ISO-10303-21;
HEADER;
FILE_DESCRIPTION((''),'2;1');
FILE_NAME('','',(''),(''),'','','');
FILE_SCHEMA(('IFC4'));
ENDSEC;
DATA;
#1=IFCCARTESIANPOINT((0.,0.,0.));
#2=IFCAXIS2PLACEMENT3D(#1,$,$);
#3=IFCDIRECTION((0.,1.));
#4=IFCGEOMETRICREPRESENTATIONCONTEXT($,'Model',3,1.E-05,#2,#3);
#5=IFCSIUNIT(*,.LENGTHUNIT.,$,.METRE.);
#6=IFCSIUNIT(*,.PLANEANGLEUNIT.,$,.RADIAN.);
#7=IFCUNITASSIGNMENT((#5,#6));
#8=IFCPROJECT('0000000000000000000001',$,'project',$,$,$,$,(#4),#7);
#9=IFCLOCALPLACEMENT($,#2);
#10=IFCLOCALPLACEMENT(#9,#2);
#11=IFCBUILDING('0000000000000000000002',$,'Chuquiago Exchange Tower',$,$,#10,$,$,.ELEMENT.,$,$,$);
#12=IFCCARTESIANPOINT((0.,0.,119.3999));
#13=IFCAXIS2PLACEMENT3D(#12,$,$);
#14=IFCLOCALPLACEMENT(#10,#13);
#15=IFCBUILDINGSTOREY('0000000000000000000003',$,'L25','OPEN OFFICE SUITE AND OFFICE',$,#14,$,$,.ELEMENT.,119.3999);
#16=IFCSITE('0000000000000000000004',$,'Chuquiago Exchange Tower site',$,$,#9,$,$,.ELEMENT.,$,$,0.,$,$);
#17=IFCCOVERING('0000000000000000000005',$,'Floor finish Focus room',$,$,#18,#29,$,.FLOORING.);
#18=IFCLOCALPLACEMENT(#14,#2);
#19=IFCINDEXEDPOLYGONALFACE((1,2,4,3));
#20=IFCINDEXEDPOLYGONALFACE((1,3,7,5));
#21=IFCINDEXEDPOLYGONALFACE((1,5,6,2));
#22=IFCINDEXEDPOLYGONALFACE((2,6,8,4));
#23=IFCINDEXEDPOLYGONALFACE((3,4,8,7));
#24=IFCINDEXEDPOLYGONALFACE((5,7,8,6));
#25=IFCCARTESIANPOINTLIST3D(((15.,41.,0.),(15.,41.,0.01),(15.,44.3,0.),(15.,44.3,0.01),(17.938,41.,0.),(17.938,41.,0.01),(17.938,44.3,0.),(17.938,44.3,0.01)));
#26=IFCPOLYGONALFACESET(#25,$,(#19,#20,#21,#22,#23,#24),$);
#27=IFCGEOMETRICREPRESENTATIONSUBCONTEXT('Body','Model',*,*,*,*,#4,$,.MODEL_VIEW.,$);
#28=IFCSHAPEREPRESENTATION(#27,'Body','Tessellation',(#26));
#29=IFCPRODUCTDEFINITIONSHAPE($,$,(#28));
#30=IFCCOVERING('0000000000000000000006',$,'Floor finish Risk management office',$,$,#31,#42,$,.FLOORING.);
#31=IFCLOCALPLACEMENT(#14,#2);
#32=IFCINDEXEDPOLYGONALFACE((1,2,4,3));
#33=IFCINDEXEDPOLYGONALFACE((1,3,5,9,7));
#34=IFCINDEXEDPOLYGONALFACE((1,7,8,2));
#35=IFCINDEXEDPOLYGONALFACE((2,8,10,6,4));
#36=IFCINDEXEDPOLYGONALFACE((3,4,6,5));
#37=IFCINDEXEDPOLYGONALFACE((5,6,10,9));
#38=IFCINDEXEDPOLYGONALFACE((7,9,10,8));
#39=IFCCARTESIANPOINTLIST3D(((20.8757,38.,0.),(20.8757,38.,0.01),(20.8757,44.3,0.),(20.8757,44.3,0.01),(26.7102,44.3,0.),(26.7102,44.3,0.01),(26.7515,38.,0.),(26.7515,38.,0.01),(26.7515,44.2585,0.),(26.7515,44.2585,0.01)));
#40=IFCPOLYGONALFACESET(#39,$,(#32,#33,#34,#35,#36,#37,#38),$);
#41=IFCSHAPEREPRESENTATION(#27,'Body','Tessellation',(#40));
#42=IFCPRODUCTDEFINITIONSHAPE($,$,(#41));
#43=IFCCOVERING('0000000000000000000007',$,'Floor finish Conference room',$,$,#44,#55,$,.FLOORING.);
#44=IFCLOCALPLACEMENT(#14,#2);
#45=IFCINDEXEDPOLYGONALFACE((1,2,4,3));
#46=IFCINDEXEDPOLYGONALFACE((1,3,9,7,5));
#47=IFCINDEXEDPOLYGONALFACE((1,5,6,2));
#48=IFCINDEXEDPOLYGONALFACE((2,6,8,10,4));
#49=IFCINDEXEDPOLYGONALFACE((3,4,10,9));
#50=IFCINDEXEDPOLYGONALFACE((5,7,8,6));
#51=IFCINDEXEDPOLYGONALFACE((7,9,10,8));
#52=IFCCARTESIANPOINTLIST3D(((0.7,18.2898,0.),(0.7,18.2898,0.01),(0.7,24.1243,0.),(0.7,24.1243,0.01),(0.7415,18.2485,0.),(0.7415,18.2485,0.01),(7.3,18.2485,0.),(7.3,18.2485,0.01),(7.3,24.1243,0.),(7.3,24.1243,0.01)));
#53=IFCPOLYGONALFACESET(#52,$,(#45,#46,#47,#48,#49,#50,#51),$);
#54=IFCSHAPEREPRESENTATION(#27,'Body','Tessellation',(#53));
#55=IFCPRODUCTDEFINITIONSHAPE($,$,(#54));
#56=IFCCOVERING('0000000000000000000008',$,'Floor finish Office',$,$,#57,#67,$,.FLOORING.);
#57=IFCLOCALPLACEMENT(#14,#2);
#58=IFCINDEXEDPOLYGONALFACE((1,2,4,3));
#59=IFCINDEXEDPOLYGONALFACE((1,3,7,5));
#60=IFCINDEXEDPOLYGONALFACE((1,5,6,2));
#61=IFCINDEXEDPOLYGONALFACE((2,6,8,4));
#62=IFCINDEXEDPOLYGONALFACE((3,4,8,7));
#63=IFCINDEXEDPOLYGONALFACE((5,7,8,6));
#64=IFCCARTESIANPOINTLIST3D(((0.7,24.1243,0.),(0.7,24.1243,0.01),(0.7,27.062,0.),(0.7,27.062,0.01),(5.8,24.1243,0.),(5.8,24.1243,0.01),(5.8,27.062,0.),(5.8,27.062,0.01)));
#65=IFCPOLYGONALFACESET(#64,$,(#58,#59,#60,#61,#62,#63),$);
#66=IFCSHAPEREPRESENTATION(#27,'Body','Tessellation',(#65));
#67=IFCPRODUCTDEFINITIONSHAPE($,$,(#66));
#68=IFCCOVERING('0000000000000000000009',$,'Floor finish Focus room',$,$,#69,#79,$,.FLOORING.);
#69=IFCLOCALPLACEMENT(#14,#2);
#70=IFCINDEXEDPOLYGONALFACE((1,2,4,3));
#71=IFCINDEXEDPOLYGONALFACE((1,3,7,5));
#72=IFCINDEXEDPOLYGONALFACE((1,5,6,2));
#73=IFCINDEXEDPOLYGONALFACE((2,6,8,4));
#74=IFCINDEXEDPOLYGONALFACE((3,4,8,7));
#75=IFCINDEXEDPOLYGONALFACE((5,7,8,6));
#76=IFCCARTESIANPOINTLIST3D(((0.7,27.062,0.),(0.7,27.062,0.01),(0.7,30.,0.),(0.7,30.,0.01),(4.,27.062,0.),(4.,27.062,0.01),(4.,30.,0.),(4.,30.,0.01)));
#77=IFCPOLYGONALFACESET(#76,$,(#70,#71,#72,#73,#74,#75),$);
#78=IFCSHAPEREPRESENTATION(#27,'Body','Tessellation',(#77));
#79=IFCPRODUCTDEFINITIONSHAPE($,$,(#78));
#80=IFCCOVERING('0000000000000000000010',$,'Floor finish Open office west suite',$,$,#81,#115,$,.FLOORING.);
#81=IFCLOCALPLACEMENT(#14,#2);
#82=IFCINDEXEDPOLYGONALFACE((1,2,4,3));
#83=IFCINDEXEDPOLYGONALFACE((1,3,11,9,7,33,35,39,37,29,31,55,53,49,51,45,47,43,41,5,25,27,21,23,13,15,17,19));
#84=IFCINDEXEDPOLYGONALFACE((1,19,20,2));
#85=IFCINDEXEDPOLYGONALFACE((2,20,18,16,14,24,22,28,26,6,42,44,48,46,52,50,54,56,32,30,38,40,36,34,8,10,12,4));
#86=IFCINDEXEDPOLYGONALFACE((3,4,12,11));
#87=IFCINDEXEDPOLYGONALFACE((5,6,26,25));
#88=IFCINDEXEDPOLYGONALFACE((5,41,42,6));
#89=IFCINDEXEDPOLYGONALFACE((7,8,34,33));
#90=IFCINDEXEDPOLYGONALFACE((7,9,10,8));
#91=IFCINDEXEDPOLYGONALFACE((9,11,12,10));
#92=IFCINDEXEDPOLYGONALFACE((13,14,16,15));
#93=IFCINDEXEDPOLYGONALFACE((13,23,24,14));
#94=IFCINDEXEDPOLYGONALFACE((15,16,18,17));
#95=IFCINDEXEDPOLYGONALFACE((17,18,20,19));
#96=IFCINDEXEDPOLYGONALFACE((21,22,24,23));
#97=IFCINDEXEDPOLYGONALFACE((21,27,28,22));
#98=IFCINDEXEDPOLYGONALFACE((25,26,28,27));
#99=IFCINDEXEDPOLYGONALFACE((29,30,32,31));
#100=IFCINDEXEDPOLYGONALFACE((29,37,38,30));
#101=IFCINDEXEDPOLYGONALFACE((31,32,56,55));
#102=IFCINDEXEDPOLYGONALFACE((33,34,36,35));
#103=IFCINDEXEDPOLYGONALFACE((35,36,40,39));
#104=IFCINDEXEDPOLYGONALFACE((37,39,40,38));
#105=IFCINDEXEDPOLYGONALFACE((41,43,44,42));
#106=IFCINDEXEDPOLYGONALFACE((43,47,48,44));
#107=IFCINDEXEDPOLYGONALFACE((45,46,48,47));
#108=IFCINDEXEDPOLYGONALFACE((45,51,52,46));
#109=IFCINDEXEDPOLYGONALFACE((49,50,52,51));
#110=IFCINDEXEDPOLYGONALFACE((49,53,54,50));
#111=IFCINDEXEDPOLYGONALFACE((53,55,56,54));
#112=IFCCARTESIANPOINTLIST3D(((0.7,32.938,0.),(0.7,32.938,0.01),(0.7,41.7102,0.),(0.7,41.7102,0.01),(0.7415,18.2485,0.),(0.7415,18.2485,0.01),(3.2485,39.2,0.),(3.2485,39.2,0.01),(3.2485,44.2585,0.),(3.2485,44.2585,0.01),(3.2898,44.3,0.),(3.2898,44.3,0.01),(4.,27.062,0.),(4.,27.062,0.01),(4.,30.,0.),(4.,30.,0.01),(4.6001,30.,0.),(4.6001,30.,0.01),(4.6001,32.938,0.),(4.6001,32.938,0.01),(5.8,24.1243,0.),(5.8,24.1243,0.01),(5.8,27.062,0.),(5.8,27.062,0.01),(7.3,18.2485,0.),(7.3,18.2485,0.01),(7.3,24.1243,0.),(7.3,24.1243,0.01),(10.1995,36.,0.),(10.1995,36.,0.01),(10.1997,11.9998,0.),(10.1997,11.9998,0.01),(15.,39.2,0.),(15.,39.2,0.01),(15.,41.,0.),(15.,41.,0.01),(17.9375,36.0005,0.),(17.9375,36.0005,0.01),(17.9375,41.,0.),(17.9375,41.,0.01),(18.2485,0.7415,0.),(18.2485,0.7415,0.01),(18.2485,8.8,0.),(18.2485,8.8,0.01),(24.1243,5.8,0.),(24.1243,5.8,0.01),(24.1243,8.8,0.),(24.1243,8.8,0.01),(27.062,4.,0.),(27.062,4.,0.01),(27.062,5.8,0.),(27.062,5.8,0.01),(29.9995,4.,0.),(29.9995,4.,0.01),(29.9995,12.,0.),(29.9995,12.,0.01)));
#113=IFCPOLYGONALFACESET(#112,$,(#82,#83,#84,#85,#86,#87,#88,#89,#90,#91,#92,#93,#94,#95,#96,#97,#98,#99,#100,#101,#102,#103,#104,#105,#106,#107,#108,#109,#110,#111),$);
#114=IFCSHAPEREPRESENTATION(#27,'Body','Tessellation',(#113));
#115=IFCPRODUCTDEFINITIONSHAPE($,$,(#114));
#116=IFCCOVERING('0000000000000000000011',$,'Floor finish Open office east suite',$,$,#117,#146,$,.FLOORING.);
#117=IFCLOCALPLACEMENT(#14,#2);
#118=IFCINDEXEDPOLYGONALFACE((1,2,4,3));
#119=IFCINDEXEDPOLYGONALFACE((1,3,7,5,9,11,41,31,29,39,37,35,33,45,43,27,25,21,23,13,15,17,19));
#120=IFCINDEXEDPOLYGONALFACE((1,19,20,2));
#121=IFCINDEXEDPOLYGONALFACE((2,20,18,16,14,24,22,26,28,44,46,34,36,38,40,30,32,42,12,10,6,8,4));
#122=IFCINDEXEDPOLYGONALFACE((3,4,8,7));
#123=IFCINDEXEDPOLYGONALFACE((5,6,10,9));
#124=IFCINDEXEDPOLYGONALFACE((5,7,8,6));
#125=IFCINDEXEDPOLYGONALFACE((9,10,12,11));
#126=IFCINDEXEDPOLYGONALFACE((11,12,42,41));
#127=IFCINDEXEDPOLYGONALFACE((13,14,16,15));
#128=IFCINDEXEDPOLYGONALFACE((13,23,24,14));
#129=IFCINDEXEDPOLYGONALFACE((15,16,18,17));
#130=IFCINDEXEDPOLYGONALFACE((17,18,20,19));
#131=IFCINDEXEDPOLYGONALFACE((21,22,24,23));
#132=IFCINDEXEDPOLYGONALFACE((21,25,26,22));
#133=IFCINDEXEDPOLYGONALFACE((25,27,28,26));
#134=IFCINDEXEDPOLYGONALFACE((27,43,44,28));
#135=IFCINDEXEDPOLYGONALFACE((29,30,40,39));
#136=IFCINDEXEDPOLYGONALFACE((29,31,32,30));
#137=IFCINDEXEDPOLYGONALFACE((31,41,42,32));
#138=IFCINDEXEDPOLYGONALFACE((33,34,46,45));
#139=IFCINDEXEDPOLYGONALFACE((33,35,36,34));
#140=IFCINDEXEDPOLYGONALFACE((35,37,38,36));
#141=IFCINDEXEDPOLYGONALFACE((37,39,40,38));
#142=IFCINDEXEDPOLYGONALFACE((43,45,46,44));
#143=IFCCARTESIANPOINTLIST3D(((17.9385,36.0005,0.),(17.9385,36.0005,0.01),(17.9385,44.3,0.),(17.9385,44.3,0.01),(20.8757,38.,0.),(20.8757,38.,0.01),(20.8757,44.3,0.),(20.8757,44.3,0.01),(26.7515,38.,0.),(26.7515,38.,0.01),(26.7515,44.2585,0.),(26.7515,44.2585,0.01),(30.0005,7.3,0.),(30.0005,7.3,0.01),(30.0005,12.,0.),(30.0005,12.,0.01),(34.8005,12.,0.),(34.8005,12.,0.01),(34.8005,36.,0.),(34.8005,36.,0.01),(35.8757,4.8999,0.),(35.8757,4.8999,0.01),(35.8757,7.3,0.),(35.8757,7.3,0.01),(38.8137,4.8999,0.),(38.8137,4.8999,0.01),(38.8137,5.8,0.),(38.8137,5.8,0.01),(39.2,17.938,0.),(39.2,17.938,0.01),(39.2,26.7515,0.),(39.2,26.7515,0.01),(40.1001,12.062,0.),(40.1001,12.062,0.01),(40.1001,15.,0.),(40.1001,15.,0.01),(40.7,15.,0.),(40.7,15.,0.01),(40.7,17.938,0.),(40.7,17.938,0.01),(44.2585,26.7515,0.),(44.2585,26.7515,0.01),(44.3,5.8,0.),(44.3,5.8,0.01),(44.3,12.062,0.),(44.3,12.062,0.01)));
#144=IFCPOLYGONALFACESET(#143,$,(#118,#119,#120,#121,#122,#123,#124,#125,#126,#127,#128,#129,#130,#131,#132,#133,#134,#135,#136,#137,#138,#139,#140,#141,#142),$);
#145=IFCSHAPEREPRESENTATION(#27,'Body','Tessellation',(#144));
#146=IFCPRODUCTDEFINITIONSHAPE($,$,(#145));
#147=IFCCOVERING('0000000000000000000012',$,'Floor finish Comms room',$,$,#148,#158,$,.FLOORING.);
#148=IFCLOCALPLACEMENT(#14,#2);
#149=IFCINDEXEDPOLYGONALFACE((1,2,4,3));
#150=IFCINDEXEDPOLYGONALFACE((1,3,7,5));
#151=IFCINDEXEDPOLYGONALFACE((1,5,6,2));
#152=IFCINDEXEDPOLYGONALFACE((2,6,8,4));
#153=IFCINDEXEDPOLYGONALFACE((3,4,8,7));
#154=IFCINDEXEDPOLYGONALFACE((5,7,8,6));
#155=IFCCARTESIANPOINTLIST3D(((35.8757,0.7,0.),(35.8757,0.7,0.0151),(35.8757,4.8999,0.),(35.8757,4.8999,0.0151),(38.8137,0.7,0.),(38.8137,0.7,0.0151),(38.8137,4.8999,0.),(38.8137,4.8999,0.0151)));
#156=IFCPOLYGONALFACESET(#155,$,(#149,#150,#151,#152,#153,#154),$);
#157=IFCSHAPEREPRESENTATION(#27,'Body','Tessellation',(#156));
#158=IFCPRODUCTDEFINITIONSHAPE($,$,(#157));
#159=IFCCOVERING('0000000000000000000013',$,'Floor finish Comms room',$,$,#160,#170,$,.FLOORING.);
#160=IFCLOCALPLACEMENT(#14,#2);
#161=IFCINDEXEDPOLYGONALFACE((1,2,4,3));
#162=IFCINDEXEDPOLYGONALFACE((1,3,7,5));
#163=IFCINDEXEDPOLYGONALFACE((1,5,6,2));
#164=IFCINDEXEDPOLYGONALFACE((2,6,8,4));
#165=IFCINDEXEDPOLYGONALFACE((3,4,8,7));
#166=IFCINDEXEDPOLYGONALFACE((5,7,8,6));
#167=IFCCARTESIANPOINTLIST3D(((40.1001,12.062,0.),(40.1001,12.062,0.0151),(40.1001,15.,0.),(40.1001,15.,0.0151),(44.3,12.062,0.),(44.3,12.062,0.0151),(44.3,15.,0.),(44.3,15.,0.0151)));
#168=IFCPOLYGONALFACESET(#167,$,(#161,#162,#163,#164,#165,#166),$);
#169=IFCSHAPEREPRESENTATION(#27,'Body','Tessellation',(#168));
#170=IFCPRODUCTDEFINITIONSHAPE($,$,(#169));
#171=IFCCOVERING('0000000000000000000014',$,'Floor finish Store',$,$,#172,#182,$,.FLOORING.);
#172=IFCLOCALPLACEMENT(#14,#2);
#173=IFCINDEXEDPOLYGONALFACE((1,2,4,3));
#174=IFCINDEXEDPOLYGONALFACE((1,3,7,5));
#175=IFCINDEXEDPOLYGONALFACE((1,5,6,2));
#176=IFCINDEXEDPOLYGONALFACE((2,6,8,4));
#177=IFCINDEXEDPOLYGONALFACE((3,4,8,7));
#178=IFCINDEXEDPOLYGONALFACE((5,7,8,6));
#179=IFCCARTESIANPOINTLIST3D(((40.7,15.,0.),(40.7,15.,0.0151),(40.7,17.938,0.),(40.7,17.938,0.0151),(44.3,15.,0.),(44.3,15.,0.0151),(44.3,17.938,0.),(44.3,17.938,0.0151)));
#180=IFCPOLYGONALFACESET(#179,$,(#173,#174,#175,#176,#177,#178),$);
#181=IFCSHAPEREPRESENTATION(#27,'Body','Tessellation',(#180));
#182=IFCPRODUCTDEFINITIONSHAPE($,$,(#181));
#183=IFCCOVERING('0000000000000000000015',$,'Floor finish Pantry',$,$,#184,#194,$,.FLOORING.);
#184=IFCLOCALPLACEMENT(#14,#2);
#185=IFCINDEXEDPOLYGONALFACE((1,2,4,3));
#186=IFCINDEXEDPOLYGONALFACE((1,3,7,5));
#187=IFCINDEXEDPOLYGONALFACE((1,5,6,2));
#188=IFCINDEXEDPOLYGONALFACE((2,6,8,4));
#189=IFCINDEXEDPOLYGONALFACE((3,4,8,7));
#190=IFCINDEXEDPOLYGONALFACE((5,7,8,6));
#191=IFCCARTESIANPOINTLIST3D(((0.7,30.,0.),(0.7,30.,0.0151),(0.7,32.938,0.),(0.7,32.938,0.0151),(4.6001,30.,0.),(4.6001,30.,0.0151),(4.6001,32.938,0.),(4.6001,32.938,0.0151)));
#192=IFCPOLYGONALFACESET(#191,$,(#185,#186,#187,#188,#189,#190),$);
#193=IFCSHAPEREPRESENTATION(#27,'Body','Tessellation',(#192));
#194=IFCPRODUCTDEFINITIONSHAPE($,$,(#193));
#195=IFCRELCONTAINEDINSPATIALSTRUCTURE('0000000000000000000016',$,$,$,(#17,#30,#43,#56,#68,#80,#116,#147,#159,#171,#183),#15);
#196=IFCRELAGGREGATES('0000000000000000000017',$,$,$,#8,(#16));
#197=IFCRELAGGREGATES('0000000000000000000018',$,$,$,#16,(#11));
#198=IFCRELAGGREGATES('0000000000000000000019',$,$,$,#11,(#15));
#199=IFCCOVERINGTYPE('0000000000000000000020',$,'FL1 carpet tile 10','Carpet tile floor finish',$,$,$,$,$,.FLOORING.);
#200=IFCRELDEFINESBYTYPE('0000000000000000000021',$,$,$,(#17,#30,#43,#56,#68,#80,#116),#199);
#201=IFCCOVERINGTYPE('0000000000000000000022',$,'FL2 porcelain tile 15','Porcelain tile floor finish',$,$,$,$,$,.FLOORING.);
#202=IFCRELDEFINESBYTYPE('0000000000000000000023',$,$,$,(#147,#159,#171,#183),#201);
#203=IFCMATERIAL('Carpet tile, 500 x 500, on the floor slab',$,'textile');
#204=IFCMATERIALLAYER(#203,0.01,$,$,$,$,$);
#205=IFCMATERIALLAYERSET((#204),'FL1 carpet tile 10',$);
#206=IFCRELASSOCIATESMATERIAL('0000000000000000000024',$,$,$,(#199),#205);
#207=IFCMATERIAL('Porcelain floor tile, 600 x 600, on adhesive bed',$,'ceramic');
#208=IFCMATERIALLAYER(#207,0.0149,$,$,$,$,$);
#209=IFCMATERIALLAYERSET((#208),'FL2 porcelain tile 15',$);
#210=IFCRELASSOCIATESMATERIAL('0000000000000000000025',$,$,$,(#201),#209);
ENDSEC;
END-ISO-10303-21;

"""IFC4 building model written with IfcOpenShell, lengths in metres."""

from ifc_helpers import new_model, si_unit, direction, frame, origin, place, context, subcontext, project, spatial, polyline, outline, extrude, material, layer, layer_set, type_object, element, save


model = new_model("IFC4")

# Units and contexts
model_context = context("Model", 3, precision=1e-05, world=origin(), true_north=direction((0.0, 1.0)))
body_context = subcontext(model_context, "Body", "Model", "MODEL_VIEW")
ifc_project = project(units=[si_unit("LENGTHUNIT", "METRE"), si_unit("PLANEANGLEUNIT", "RADIAN")], contexts=[model_context])

# Site, building, storey
site_placement = place(None, origin())
site = spatial("IfcSite", under=ifc_project, at=site_placement, Name="Chuquiago Exchange Tower site", CompositionType="ELEMENT", RefElevation=0.0)
building_placement = place(site_placement, origin())
building = spatial("IfcBuilding", under=site, at=building_placement, Name="Chuquiago Exchange Tower", CompositionType="ELEMENT")
storey_placement = place(building_placement, frame((0.0, 0.0, 119.3999)))
storey = spatial("IfcBuildingStorey", under=building, at=storey_placement, Name="L25", Description="OPEN OFFICE SUITE AND OFFICE", CompositionType="ELEMENT", Elevation=119.3999)

# Coverings
ifc_material_1 = material(Name="Carpet tile, 500 x 500, on the floor slab", Category="textile")
ifc_layer_1 = layer(ifc_material_1, 0.01)
ifc_layer_set_1 = layer_set([ifc_layer_1], Name="FL1 carpet tile 10")
covering_type_1 = type_object("IfcCoveringType", Name="FL1 carpet tile 10", Description="Carpet tile floor finish", PredefinedType="FLOORING", material=ifc_layer_set_1)
covering_1_placement = place(storey_placement, origin())
element("IfcCovering", 1, at=covering_1_placement, inside=storey, type_object=covering_type_1, Name="Floor finish Focus room", PredefinedType="FLOORING", context=body_context, shape_type="SweptSolid", body=[
    extrude(outline(polyline([(17.938, 44.3), (17.938, 41.0), (15.0, 41.0), (15.0, 44.3), (17.938, 44.3)])), origin(), (0.0, 0.0, 1.0), 0.01),
])
covering_2_placement = place(storey_placement, origin())
element("IfcCovering", 2, at=covering_2_placement, inside=storey, type_object=covering_type_1, Name="Floor finish Risk management office", PredefinedType="FLOORING", context=body_context, shape_type="SweptSolid", body=[
    extrude(outline(polyline([(26.7102, 44.3), (26.7515, 44.2585), (26.7515, 38.0), (20.8757, 38.0), (20.8757, 44.3), (26.7102, 44.3)])), origin(), (0.0, 0.0, 1.0), 0.01),
])
covering_3_placement = place(storey_placement, origin())
element("IfcCovering", 3, at=covering_3_placement, inside=storey, type_object=covering_type_1, Name="Floor finish Conference room", PredefinedType="FLOORING", context=body_context, shape_type="SweptSolid", body=[
    extrude(outline(polyline([(0.7, 24.1243), (7.3, 24.1243), (7.3, 18.2485), (0.7415, 18.2485), (0.7, 18.2898), (0.7, 24.1243)])), origin(), (0.0, 0.0, 1.0), 0.01),
])
covering_4_placement = place(storey_placement, origin())
element("IfcCovering", 4, at=covering_4_placement, inside=storey, type_object=covering_type_1, Name="Floor finish Office", PredefinedType="FLOORING", context=body_context, shape_type="SweptSolid", body=[
    extrude(outline(polyline([(0.7, 27.062), (5.8, 27.062), (5.8, 24.1243), (0.7, 24.1243), (0.7, 27.062)])), origin(), (0.0, 0.0, 1.0), 0.01),
])
covering_5_placement = place(storey_placement, origin())
element("IfcCovering", 5, at=covering_5_placement, inside=storey, type_object=covering_type_1, Name="Floor finish Focus room", PredefinedType="FLOORING", context=body_context, shape_type="SweptSolid", body=[
    extrude(outline(polyline([(0.7, 30.0), (4.0, 30.0), (4.0, 27.062), (0.7, 27.062), (0.7, 30.0)])), origin(), (0.0, 0.0, 1.0), 0.01),
])
covering_6_placement = place(storey_placement, origin())
element("IfcCovering", 6, at=covering_6_placement, inside=storey, type_object=covering_type_1, Name="Floor finish Open office west suite", PredefinedType="FLOORING", context=body_context, shape_type="SweptSolid", body=[
    extrude(outline(polyline([(3.2485, 44.2585), (3.2485, 39.2), (15.0, 39.2), (15.0, 41.0), (17.9375, 41.0), (17.9375, 36.0005), (10.1995, 36.0), (10.1997, 11.9998), (29.9995, 12.0), (29.9995, 4.0), (27.062, 4.0), (27.062, 5.8), (24.1243, 5.8), (24.1243, 8.8), (18.2485, 8.8), (18.2485, 0.7415), (0.7415, 18.2485), (7.3, 18.2485), (7.3, 24.1243), (5.8, 24.1243), (5.8, 27.062), (4.0, 27.062), (4.0, 30.0), (4.6001, 30.0), (4.6001, 32.938), (0.7, 32.938), (0.7, 41.7102), (3.2898, 44.3), (3.2485, 44.2585)])), origin(), (0.0, 0.0, 1.0), 0.01),
])
covering_7_placement = place(storey_placement, origin())
element("IfcCovering", 7, at=covering_7_placement, inside=storey, type_object=covering_type_1, Name="Floor finish Open office east suite", PredefinedType="FLOORING", context=body_context, shape_type="SweptSolid", body=[
    extrude(outline(polyline([(20.8757, 44.3), (20.8757, 38.0), (26.7515, 38.0), (26.7515, 44.2585), (44.2585, 26.7515), (39.2, 26.7515), (39.2, 17.938), (40.7, 17.938), (40.7, 15.0), (40.1001, 15.0), (40.1001, 12.062), (44.3, 12.062), (44.3, 5.8), (38.8137, 5.8), (38.8137, 4.8999), (35.8757, 4.8999), (35.8757, 7.3), (30.0005, 7.3), (30.0005, 12.0), (34.8005, 12.0), (34.8005, 36.0), (17.9385, 36.0005), (17.9385, 44.3), (20.8757, 44.3)])), origin(), (0.0, 0.0, 1.0), 0.01),
])
ifc_material_2 = material(Name="Porcelain floor tile, 600 x 600, on adhesive bed", Category="ceramic")
ifc_layer_2 = layer(ifc_material_2, 0.0149)
ifc_layer_set_2 = layer_set([ifc_layer_2], Name="FL2 porcelain tile 15")
covering_type_2 = type_object("IfcCoveringType", Name="FL2 porcelain tile 15", Description="Porcelain tile floor finish", PredefinedType="FLOORING", material=ifc_layer_set_2)
covering_8_placement = place(storey_placement, origin())
element("IfcCovering", 8, at=covering_8_placement, inside=storey, type_object=covering_type_2, Name="Floor finish Comms room", PredefinedType="FLOORING", context=body_context, shape_type="SweptSolid", body=[
    extrude(outline(polyline([(35.8757, 0.7), (35.8757, 4.8999), (38.8137, 4.8999), (38.8137, 0.7), (35.8757, 0.7)])), origin(), (0.0, 0.0, 1.0), 0.0151),
])
covering_9_placement = place(storey_placement, origin())
element("IfcCovering", 9, at=covering_9_placement, inside=storey, type_object=covering_type_2, Name="Floor finish Comms room", PredefinedType="FLOORING", context=body_context, shape_type="SweptSolid", body=[
    extrude(outline(polyline([(44.3, 12.062), (40.1001, 12.062), (40.1001, 15.0), (44.3, 15.0), (44.3, 12.062)])), origin(), (0.0, 0.0, 1.0), 0.0151),
])
covering_10_placement = place(storey_placement, origin())
element("IfcCovering", 10, at=covering_10_placement, inside=storey, type_object=covering_type_2, Name="Floor finish Store", PredefinedType="FLOORING", context=body_context, shape_type="SweptSolid", body=[
    extrude(outline(polyline([(44.3, 15.0), (40.7, 15.0), (40.7, 17.938), (44.3, 17.938), (44.3, 15.0)])), origin(), (0.0, 0.0, 1.0), 0.0151),
])
covering_11_placement = place(storey_placement, origin())
element("IfcCovering", 11, at=covering_11_placement, inside=storey, type_object=covering_type_2, Name="Floor finish Pantry", PredefinedType="FLOORING", context=body_context, shape_type="SweptSolid", body=[
    extrude(outline(polyline([(0.7, 32.938), (4.6001, 32.938), (4.6001, 30.0), (0.7, 30.0), (0.7, 32.938)])), origin(), (0.0, 0.0, 1.0), 0.0151),
])

save(model, "model.ifc")
